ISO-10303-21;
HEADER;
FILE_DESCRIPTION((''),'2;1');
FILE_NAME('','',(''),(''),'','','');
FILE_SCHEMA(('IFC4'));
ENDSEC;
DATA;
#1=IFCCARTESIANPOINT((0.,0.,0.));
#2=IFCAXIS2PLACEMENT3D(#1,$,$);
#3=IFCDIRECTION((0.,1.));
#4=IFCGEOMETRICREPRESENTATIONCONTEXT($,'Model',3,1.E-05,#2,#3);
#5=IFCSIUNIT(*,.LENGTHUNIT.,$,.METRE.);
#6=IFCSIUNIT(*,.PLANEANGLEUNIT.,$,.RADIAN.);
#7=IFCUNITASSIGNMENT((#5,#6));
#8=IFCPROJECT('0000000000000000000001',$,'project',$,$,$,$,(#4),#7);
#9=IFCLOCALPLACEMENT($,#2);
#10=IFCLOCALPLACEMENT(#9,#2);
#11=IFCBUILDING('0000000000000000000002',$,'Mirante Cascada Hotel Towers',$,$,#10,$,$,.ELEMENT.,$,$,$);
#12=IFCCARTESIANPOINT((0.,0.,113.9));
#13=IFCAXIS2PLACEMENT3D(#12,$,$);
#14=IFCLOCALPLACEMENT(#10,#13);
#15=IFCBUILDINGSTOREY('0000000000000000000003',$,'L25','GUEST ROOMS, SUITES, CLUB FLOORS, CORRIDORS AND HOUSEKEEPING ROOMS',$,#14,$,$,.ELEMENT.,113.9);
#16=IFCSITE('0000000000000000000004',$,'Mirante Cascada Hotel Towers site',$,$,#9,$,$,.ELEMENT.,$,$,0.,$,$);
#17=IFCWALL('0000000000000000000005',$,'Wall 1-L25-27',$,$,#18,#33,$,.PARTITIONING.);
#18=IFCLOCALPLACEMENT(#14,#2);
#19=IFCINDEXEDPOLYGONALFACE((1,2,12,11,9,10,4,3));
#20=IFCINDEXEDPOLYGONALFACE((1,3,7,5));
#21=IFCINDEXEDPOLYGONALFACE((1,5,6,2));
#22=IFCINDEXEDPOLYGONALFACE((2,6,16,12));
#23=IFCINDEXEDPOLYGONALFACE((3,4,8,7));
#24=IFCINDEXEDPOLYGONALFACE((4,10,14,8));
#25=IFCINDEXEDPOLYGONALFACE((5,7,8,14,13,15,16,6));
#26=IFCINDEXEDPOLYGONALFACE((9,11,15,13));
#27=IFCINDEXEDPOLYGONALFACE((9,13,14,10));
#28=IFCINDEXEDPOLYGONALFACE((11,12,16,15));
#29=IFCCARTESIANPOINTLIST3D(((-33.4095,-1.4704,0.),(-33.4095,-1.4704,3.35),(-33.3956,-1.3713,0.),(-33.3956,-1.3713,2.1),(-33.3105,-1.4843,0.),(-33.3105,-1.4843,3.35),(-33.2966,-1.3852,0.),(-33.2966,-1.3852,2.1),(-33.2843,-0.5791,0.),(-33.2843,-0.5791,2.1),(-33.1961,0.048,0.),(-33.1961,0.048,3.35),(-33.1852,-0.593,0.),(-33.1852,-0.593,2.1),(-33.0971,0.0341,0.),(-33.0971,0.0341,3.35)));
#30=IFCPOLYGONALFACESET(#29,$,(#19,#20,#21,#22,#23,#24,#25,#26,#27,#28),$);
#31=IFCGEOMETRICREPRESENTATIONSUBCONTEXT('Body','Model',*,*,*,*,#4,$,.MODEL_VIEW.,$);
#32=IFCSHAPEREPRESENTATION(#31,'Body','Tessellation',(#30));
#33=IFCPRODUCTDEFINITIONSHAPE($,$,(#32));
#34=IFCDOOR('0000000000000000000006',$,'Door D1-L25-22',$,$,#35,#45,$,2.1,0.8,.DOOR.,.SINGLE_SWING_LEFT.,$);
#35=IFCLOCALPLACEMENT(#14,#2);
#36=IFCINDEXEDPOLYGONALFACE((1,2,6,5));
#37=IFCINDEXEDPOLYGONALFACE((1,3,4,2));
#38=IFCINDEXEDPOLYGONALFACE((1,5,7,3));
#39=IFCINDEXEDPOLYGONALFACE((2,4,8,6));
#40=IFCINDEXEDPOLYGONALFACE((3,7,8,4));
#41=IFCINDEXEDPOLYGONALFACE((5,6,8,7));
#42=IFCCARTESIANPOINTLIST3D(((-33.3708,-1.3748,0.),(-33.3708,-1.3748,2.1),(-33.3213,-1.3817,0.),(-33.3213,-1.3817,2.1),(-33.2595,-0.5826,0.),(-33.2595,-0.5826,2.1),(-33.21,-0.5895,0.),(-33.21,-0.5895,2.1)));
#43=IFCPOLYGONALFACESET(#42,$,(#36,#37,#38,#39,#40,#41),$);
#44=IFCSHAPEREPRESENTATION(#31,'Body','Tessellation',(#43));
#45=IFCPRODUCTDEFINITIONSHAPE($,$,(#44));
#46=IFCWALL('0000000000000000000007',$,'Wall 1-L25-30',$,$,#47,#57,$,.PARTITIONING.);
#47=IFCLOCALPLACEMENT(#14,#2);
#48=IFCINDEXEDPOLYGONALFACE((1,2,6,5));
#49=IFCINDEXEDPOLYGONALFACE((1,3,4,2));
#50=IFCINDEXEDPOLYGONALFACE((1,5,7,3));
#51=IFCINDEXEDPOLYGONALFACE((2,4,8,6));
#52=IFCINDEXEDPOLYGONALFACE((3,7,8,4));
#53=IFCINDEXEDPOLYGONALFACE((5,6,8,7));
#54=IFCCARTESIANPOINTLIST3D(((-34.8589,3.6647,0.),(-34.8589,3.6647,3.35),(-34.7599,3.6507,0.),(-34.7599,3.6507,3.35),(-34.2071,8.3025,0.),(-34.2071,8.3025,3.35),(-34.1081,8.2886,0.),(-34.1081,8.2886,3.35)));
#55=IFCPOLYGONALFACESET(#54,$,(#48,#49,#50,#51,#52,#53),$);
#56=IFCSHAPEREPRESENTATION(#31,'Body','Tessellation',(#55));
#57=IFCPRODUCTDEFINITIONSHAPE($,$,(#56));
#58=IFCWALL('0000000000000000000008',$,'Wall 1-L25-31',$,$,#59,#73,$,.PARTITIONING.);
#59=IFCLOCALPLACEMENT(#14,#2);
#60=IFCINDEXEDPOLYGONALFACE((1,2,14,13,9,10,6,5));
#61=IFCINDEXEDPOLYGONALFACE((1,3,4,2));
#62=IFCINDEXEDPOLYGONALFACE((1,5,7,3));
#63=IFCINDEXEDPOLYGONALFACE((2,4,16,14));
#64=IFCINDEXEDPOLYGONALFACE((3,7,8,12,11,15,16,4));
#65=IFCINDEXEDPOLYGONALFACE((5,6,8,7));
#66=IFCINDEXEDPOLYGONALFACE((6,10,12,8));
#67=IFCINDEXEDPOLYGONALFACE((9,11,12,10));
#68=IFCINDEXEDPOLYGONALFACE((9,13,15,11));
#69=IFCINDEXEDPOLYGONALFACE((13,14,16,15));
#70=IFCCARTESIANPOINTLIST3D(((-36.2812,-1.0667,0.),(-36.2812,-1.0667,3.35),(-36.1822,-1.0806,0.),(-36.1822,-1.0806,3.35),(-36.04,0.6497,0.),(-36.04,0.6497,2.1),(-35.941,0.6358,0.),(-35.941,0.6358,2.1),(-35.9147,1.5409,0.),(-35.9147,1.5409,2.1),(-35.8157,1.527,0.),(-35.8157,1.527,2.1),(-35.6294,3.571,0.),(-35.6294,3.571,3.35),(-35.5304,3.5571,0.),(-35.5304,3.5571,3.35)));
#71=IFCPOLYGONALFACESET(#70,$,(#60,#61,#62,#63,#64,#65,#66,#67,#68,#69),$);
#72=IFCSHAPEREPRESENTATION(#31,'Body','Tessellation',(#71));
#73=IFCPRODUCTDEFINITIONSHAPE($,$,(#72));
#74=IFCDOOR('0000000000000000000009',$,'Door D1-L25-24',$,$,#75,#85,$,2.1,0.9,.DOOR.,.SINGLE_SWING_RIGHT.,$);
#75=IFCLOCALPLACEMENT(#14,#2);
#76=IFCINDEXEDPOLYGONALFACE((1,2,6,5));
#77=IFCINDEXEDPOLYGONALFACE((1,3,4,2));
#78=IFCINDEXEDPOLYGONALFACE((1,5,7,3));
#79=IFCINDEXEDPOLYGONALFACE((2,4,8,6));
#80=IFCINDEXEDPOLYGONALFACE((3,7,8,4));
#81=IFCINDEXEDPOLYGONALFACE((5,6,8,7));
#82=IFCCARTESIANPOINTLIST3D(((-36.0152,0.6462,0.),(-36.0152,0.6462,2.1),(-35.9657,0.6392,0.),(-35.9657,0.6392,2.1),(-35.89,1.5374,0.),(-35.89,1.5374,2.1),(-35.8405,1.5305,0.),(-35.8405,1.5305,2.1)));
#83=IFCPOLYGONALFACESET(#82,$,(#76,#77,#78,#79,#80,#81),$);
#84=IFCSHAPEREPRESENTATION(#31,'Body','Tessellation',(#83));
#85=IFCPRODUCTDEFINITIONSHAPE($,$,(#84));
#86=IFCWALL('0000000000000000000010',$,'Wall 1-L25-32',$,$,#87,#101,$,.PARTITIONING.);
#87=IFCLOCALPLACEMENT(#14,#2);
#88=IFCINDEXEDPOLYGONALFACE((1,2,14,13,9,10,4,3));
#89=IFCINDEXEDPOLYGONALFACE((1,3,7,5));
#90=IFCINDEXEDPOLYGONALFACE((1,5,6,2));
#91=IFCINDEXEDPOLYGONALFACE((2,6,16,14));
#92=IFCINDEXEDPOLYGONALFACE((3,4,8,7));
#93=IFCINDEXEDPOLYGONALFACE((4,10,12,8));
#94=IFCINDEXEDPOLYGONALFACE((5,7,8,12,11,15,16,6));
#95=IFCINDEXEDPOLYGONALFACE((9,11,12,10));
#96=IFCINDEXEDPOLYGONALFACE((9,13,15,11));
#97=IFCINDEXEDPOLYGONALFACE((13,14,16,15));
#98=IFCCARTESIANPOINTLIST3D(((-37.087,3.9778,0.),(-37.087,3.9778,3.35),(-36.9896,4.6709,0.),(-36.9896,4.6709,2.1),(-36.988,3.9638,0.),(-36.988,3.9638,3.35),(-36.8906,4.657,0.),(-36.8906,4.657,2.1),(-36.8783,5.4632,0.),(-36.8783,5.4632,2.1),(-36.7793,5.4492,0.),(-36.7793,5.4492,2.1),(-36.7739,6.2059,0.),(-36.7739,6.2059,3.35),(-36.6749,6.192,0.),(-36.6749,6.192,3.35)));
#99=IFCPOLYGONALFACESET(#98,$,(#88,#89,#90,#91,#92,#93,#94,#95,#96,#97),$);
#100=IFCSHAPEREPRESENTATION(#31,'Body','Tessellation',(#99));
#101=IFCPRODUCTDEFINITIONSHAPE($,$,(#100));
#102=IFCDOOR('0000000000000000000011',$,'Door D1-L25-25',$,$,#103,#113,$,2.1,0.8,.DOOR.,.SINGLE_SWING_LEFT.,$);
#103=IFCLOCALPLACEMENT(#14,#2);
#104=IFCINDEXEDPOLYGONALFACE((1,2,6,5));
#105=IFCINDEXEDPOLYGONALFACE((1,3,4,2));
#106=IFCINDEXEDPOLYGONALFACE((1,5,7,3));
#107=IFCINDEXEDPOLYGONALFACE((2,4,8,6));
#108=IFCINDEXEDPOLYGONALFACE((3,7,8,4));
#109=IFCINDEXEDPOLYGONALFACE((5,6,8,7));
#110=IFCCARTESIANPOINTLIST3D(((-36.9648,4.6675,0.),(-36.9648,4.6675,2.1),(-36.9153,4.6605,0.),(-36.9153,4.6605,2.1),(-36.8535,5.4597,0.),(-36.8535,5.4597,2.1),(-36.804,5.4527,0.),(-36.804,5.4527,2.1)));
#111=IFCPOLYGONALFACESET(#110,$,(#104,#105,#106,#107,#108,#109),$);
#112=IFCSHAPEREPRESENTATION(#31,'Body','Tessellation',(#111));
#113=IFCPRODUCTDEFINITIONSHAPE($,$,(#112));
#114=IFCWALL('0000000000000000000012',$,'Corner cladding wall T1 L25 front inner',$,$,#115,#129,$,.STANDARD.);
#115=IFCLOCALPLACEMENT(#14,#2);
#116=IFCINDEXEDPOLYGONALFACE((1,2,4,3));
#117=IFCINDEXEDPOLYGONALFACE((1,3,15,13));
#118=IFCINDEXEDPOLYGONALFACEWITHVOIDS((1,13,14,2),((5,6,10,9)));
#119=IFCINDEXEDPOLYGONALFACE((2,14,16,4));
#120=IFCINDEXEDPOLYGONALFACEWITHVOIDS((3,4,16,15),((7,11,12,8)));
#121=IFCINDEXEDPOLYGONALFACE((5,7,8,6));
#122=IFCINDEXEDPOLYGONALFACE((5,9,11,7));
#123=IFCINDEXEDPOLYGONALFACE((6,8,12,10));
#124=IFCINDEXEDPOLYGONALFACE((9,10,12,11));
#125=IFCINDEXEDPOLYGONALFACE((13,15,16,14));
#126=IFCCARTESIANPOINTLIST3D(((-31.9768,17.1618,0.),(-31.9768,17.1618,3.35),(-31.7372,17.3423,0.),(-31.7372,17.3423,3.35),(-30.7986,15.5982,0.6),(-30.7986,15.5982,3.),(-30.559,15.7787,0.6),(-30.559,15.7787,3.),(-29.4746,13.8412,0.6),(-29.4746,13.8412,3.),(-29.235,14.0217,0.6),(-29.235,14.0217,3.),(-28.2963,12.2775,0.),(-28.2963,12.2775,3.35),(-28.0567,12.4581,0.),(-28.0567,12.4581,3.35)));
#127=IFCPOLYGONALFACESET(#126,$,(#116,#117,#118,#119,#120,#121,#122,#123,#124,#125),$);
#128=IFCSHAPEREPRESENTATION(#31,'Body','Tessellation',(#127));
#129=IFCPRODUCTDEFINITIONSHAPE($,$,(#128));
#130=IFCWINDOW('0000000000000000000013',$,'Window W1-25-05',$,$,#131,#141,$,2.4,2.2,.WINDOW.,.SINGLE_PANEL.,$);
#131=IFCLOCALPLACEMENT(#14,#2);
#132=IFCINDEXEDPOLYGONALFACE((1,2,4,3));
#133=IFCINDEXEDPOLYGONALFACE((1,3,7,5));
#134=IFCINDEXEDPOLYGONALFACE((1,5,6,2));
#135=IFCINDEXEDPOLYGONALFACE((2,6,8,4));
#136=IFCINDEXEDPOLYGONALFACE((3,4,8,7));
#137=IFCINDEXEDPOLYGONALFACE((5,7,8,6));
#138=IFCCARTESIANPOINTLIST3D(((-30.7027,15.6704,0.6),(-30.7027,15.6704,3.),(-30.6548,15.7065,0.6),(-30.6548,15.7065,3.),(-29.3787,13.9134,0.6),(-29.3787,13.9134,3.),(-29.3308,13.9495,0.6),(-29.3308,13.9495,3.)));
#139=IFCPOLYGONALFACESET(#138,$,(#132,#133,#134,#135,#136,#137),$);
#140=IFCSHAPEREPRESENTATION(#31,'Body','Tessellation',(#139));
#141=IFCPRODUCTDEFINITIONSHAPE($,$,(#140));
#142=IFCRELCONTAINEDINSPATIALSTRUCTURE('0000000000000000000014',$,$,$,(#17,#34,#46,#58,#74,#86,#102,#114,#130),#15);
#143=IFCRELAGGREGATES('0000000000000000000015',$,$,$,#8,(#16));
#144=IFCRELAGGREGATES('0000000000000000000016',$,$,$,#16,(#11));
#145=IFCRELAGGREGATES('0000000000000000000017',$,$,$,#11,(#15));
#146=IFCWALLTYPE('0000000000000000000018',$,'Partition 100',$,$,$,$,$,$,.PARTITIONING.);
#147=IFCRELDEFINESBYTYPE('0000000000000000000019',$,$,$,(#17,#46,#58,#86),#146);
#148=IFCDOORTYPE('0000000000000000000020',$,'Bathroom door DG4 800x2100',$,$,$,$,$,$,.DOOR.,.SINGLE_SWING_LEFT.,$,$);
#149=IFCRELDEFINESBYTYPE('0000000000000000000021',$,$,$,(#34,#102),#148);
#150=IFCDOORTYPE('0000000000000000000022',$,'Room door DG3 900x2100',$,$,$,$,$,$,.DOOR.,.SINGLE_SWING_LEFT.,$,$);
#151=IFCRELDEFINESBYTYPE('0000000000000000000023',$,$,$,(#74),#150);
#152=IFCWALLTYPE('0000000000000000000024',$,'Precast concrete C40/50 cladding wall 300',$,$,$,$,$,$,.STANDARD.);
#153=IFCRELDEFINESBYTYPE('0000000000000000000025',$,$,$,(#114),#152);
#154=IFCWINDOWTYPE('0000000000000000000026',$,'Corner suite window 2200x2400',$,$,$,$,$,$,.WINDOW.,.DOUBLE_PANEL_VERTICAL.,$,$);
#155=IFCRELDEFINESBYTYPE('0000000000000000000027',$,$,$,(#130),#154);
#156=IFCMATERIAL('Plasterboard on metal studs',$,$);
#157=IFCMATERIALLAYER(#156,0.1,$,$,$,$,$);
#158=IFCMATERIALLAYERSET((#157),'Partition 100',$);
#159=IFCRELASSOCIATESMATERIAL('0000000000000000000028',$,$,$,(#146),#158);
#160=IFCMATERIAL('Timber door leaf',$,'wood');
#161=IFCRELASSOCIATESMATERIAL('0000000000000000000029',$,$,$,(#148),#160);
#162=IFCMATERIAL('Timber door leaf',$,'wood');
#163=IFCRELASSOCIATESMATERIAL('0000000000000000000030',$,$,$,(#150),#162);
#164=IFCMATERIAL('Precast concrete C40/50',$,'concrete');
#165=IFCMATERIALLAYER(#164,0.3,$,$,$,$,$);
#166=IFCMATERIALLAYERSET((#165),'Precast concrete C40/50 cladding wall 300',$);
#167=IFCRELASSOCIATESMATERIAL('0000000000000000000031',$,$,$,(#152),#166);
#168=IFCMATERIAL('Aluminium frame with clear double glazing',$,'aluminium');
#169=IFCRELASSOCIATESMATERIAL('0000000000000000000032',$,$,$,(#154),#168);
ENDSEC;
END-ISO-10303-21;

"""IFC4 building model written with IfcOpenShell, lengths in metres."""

from ifc_helpers import new_model, si_unit, direction, frame, frame_2d, origin, place, context, subcontext, project, spatial, rectangle, extrude, material, layer, layer_set, type_object, element, fill, save


model = new_model("IFC4")

# Units and contexts
model_context = context("Model", 3, precision=1e-05, world=origin(), true_north=direction((0.0, 1.0)))
body_context = subcontext(model_context, "Body", "Model", "MODEL_VIEW")
ifc_project = project(units=[si_unit("LENGTHUNIT", "METRE"), si_unit("PLANEANGLEUNIT", "RADIAN")], contexts=[model_context])

# Site, building, storey
site_placement = place(None, origin())
site = spatial("IfcSite", under=ifc_project, at=site_placement, Name="Mirante Cascada Hotel Towers site", CompositionType="ELEMENT", RefElevation=0.0)
building_placement = place(site_placement, origin())
building = spatial("IfcBuilding", under=site, at=building_placement, Name="Mirante Cascada Hotel Towers", CompositionType="ELEMENT")
storey_placement = place(building_placement, frame((0.0, 0.0, 113.9)))
storey = spatial("IfcBuildingStorey", under=building, at=storey_placement, Name="L25", Description="GUEST ROOMS, SUITES, CLUB FLOORS, CORRIDORS AND HOUSEKEEPING ROOMS", CompositionType="ELEMENT", Elevation=113.9)

# Shared definitions
ifc_material_1 = material(Name="Plasterboard on metal studs")
ifc_layer_1 = layer(ifc_material_1, 0.1)
ifc_layer_set_1 = layer_set([ifc_layer_1], Name="Partition 100")
wall_type_1 = type_object("IfcWallType", Name="Partition 100", PredefinedType="PARTITIONING", material=ifc_layer_set_1)

# Wall, opening, door
ifc_material_2 = material(Name="Timber door leaf", Category="wood")
door_type_1 = type_object("IfcDoorType", Name="Bathroom door DG4 800x2100", OperationType="SINGLE_SWING_LEFT", PredefinedType="DOOR", material=ifc_material_2)
wall_1_placement = place(storey_placement, frame((-33.1466, 0.0411, 0.0), z_axis=(0.0, 0.0, 1.0), x_axis=(-0.139175, -0.990268, 0.0)))
wall_1 = element("IfcWall", 1, at=wall_1_placement, inside=storey, type_object=wall_type_1, Name="Wall 1-L25-27", PredefinedType="PARTITIONING", context=body_context, shape_type="SweptSolid", body=[
    extrude(rectangle(XDim=1.5333, YDim=0.1, at=frame_2d((0.7667, 0.0))), origin(), (0.0, 0.0, 1.0), 3.35),
])
opening_1_placement = place(wall_1_placement, frame((0.6333, 0.0, 0.0)))
opening_1 = element("IfcOpeningElement", 2, at=opening_1_placement, cuts=wall_1, PredefinedType="OPENING", context=body_context, shape_type="SweptSolid", body=[
    extrude(rectangle(XDim=0.8, YDim=2.1, at=frame_2d((0.4, 1.05))), frame((0.0, 0.05, 0.0), z_axis=(0.0, -1.0, 0.0), x_axis=(1.0, 0.0, 0.0)), (0.0, 0.0, 1.0), 0.1),
])
door_1_placement = place(opening_1_placement, origin())
door_1 = element("IfcDoor", 3, at=door_1_placement, inside=storey, type_object=door_type_1, Name="Door D1-L25-22", OperationType="SINGLE_SWING_LEFT", OverallHeight=2.1, OverallWidth=0.8, PredefinedType="DOOR", context=body_context, shape_type="SweptSolid", body=[
    extrude(rectangle(XDim=0.8, YDim=2.1, at=frame_2d((0.4, 1.05))), frame((0.0, 0.025, 0.0), z_axis=(0.0, -1.0, 0.0), x_axis=(1.0, 0.0, 0.0)), (0.0, 0.0, 1.0), 0.05),
])
fill(opening_1, door_1)

# Wall
wall_2_placement = place(storey_placement, frame((-34.8094, 3.6577, 0.0), z_axis=(0.0, 0.0, 1.0), x_axis=(0.139173, 0.990268, 0.0)))
element("IfcWall", 4, at=wall_2_placement, inside=storey, type_object=wall_type_1, Name="Wall 1-L25-30", PredefinedType="PARTITIONING", context=body_context, shape_type="SweptSolid", body=[
    extrude(rectangle(XDim=4.6834, YDim=0.1, at=frame_2d((2.3417, 0.0))), origin(), (0.0, 0.0, 1.0), 3.35),
])

# Walls, openings, doors
wall_3_placement = place(storey_placement, frame((-35.5799, 3.564, 0.0), z_axis=(0.0, 0.0, 1.0), x_axis=(-0.139176, -0.990268, 0.0)))
wall_3 = element("IfcWall", 5, at=wall_3_placement, inside=storey, type_object=wall_type_1, Name="Wall 1-L25-31", PredefinedType="PARTITIONING", context=body_context, shape_type="SweptSolid", body=[
    extrude(rectangle(XDim=4.6833, YDim=0.1, at=frame_2d((2.3416, 0.0))), origin(), (0.0, 0.0, 1.0), 3.35),
])
opening_2_placement = place(wall_3_placement, frame((2.05, 0.0, 0.0)))
opening_2 = element("IfcOpeningElement", 6, at=opening_2_placement, cuts=wall_3, PredefinedType="OPENING", context=body_context, shape_type="SweptSolid", body=[
    extrude(rectangle(XDim=0.9, YDim=2.1, at=frame_2d((0.45, 1.05))), frame((0.0, 0.05, 0.0), z_axis=(0.0, -1.0, 0.0), x_axis=(1.0, 0.0, 0.0)), (0.0, 0.0, 1.0), 0.1),
])
ifc_material_3 = material(Name="Timber door leaf", Category="wood")
door_type_2 = type_object("IfcDoorType", Name="Room door DG3 900x2100", OperationType="SINGLE_SWING_LEFT", PredefinedType="DOOR", material=ifc_material_3)
door_2_placement = place(opening_2_placement, frame((0.9, 0.0, 0.0), z_axis=(0.0, 0.0, 1.0), x_axis=(-1.0, 0.0, 0.0)))
door_2 = element("IfcDoor", 7, at=door_2_placement, inside=storey, type_object=door_type_2, Name="Door D1-L25-24", OperationType="SINGLE_SWING_RIGHT", OverallHeight=2.1, OverallWidth=0.9, PredefinedType="DOOR", context=body_context, shape_type="SweptSolid", body=[
    extrude(rectangle(XDim=0.9, YDim=2.1, at=frame_2d((0.45, 1.05))), frame((0.0, 0.025, 0.0), z_axis=(0.0, -1.0, 0.0), x_axis=(1.0, 0.0, 0.0)), (0.0, 0.0, 1.0), 0.05),
])
fill(opening_2, door_2)
wall_4_placement = place(storey_placement, frame((-37.0375, 3.9708, 0.0), z_axis=(0.0, 0.0, 1.0), x_axis=(0.139156, 0.990271, 0.0)))
wall_4 = element("IfcWall", 8, at=wall_4_placement, inside=storey, type_object=wall_type_1, Name="Wall 1-L25-32", PredefinedType="PARTITIONING", context=body_context, shape_type="SweptSolid", body=[
    extrude(rectangle(XDim=2.25, YDim=0.1, at=frame_2d((1.125, 0.0))), origin(), (0.0, 0.0, 1.0), 3.35),
])
opening_3_placement = place(wall_4_placement, frame((0.7, 0.0, 0.0)))
opening_3 = element("IfcOpeningElement", 9, at=opening_3_placement, cuts=wall_4, PredefinedType="OPENING", context=body_context, shape_type="SweptSolid", body=[
    extrude(rectangle(XDim=0.8, YDim=2.1, at=frame_2d((0.4, 1.05))), frame((0.0, 0.05, 0.0), z_axis=(0.0, -1.0, 0.0), x_axis=(1.0, 0.0, 0.0)), (0.0, 0.0, 1.0), 0.1),
])
door_3_placement = place(opening_3_placement, origin())
door_3 = element("IfcDoor", 10, at=door_3_placement, inside=storey, type_object=door_type_1, Name="Door D1-L25-25", OperationType="SINGLE_SWING_LEFT", OverallHeight=2.1, OverallWidth=0.8, PredefinedType="DOOR", context=body_context, shape_type="SweptSolid", body=[
    extrude(rectangle(XDim=0.8, YDim=2.1, at=frame_2d((0.4, 1.05))), frame((0.0, 0.025, 0.0), z_axis=(0.0, -1.0, 0.0), x_axis=(1.0, 0.0, 0.0)), (0.0, 0.0, 1.0), 0.05),
])
fill(opening_3, door_3)

# Wall, opening, window
ifc_material_4 = material(Name="Precast concrete C40/50", Category="concrete")
ifc_layer_2 = layer(ifc_material_4, 0.3)
ifc_layer_set_2 = layer_set([ifc_layer_2], Name="Precast concrete C40/50 cladding wall 300")
wall_type_2 = type_object("IfcWallType", Name="Precast concrete C40/50 cladding wall 300", PredefinedType="STANDARD", material=ifc_layer_set_2)
wall_5_placement = place(storey_placement, frame((-31.857, 17.252, 0.0), z_axis=(0.0, 0.0, 1.0), x_axis=(0.601814, -0.798636, 0.0)))
wall_5 = element("IfcWall", 11, at=wall_5_placement, inside=storey, type_object=wall_type_2, Name="Corner cladding wall T1 L25 front inner", PredefinedType="STANDARD", context=body_context, shape_type="SweptSolid", body=[
    extrude(rectangle(XDim=6.1157, YDim=0.3, at=frame_2d((3.0578, 0.0))), origin(), (0.0, 0.0, 1.0), 3.35),
])
opening_4_placement = place(wall_5_placement, frame((1.9578, 0.0, 0.6)))
opening_4 = element("IfcOpeningElement", 12, at=opening_4_placement, cuts=wall_5, PredefinedType="OPENING", context=body_context, shape_type="SweptSolid", body=[
    extrude(rectangle(XDim=2.2, YDim=2.4, at=frame_2d((1.1, 1.2))), frame((0.0, 0.15, 0.0), z_axis=(0.0, -1.0, 0.0), x_axis=(1.0, 0.0, 0.0)), (0.0, 0.0, 1.0), 0.3),
])
ifc_material_5 = material(Name="Aluminium frame with clear double glazing", Category="aluminium")
window_type = type_object("IfcWindowType", Name="Corner suite window 2200x2400", PartitioningType="DOUBLE_PANEL_VERTICAL", PredefinedType="WINDOW", material=ifc_material_5)
window_placement = place(opening_4_placement, origin())
window = element("IfcWindow", 13, at=window_placement, inside=storey, type_object=window_type, Name="Window W1-25-05", OverallHeight=2.4, OverallWidth=2.2, PartitioningType="SINGLE_PANEL", PredefinedType="WINDOW", context=body_context, shape_type="SweptSolid", body=[
    extrude(rectangle(XDim=2.2, YDim=2.4, at=frame_2d((1.1, 1.2))), frame((0.0, 0.03, 0.0), z_axis=(0.0, -1.0, 0.0), x_axis=(1.0, 0.0, 0.0)), (0.0, 0.0, 1.0), 0.06),
])
fill(opening_4, window)

save(model, "model.ifc")
